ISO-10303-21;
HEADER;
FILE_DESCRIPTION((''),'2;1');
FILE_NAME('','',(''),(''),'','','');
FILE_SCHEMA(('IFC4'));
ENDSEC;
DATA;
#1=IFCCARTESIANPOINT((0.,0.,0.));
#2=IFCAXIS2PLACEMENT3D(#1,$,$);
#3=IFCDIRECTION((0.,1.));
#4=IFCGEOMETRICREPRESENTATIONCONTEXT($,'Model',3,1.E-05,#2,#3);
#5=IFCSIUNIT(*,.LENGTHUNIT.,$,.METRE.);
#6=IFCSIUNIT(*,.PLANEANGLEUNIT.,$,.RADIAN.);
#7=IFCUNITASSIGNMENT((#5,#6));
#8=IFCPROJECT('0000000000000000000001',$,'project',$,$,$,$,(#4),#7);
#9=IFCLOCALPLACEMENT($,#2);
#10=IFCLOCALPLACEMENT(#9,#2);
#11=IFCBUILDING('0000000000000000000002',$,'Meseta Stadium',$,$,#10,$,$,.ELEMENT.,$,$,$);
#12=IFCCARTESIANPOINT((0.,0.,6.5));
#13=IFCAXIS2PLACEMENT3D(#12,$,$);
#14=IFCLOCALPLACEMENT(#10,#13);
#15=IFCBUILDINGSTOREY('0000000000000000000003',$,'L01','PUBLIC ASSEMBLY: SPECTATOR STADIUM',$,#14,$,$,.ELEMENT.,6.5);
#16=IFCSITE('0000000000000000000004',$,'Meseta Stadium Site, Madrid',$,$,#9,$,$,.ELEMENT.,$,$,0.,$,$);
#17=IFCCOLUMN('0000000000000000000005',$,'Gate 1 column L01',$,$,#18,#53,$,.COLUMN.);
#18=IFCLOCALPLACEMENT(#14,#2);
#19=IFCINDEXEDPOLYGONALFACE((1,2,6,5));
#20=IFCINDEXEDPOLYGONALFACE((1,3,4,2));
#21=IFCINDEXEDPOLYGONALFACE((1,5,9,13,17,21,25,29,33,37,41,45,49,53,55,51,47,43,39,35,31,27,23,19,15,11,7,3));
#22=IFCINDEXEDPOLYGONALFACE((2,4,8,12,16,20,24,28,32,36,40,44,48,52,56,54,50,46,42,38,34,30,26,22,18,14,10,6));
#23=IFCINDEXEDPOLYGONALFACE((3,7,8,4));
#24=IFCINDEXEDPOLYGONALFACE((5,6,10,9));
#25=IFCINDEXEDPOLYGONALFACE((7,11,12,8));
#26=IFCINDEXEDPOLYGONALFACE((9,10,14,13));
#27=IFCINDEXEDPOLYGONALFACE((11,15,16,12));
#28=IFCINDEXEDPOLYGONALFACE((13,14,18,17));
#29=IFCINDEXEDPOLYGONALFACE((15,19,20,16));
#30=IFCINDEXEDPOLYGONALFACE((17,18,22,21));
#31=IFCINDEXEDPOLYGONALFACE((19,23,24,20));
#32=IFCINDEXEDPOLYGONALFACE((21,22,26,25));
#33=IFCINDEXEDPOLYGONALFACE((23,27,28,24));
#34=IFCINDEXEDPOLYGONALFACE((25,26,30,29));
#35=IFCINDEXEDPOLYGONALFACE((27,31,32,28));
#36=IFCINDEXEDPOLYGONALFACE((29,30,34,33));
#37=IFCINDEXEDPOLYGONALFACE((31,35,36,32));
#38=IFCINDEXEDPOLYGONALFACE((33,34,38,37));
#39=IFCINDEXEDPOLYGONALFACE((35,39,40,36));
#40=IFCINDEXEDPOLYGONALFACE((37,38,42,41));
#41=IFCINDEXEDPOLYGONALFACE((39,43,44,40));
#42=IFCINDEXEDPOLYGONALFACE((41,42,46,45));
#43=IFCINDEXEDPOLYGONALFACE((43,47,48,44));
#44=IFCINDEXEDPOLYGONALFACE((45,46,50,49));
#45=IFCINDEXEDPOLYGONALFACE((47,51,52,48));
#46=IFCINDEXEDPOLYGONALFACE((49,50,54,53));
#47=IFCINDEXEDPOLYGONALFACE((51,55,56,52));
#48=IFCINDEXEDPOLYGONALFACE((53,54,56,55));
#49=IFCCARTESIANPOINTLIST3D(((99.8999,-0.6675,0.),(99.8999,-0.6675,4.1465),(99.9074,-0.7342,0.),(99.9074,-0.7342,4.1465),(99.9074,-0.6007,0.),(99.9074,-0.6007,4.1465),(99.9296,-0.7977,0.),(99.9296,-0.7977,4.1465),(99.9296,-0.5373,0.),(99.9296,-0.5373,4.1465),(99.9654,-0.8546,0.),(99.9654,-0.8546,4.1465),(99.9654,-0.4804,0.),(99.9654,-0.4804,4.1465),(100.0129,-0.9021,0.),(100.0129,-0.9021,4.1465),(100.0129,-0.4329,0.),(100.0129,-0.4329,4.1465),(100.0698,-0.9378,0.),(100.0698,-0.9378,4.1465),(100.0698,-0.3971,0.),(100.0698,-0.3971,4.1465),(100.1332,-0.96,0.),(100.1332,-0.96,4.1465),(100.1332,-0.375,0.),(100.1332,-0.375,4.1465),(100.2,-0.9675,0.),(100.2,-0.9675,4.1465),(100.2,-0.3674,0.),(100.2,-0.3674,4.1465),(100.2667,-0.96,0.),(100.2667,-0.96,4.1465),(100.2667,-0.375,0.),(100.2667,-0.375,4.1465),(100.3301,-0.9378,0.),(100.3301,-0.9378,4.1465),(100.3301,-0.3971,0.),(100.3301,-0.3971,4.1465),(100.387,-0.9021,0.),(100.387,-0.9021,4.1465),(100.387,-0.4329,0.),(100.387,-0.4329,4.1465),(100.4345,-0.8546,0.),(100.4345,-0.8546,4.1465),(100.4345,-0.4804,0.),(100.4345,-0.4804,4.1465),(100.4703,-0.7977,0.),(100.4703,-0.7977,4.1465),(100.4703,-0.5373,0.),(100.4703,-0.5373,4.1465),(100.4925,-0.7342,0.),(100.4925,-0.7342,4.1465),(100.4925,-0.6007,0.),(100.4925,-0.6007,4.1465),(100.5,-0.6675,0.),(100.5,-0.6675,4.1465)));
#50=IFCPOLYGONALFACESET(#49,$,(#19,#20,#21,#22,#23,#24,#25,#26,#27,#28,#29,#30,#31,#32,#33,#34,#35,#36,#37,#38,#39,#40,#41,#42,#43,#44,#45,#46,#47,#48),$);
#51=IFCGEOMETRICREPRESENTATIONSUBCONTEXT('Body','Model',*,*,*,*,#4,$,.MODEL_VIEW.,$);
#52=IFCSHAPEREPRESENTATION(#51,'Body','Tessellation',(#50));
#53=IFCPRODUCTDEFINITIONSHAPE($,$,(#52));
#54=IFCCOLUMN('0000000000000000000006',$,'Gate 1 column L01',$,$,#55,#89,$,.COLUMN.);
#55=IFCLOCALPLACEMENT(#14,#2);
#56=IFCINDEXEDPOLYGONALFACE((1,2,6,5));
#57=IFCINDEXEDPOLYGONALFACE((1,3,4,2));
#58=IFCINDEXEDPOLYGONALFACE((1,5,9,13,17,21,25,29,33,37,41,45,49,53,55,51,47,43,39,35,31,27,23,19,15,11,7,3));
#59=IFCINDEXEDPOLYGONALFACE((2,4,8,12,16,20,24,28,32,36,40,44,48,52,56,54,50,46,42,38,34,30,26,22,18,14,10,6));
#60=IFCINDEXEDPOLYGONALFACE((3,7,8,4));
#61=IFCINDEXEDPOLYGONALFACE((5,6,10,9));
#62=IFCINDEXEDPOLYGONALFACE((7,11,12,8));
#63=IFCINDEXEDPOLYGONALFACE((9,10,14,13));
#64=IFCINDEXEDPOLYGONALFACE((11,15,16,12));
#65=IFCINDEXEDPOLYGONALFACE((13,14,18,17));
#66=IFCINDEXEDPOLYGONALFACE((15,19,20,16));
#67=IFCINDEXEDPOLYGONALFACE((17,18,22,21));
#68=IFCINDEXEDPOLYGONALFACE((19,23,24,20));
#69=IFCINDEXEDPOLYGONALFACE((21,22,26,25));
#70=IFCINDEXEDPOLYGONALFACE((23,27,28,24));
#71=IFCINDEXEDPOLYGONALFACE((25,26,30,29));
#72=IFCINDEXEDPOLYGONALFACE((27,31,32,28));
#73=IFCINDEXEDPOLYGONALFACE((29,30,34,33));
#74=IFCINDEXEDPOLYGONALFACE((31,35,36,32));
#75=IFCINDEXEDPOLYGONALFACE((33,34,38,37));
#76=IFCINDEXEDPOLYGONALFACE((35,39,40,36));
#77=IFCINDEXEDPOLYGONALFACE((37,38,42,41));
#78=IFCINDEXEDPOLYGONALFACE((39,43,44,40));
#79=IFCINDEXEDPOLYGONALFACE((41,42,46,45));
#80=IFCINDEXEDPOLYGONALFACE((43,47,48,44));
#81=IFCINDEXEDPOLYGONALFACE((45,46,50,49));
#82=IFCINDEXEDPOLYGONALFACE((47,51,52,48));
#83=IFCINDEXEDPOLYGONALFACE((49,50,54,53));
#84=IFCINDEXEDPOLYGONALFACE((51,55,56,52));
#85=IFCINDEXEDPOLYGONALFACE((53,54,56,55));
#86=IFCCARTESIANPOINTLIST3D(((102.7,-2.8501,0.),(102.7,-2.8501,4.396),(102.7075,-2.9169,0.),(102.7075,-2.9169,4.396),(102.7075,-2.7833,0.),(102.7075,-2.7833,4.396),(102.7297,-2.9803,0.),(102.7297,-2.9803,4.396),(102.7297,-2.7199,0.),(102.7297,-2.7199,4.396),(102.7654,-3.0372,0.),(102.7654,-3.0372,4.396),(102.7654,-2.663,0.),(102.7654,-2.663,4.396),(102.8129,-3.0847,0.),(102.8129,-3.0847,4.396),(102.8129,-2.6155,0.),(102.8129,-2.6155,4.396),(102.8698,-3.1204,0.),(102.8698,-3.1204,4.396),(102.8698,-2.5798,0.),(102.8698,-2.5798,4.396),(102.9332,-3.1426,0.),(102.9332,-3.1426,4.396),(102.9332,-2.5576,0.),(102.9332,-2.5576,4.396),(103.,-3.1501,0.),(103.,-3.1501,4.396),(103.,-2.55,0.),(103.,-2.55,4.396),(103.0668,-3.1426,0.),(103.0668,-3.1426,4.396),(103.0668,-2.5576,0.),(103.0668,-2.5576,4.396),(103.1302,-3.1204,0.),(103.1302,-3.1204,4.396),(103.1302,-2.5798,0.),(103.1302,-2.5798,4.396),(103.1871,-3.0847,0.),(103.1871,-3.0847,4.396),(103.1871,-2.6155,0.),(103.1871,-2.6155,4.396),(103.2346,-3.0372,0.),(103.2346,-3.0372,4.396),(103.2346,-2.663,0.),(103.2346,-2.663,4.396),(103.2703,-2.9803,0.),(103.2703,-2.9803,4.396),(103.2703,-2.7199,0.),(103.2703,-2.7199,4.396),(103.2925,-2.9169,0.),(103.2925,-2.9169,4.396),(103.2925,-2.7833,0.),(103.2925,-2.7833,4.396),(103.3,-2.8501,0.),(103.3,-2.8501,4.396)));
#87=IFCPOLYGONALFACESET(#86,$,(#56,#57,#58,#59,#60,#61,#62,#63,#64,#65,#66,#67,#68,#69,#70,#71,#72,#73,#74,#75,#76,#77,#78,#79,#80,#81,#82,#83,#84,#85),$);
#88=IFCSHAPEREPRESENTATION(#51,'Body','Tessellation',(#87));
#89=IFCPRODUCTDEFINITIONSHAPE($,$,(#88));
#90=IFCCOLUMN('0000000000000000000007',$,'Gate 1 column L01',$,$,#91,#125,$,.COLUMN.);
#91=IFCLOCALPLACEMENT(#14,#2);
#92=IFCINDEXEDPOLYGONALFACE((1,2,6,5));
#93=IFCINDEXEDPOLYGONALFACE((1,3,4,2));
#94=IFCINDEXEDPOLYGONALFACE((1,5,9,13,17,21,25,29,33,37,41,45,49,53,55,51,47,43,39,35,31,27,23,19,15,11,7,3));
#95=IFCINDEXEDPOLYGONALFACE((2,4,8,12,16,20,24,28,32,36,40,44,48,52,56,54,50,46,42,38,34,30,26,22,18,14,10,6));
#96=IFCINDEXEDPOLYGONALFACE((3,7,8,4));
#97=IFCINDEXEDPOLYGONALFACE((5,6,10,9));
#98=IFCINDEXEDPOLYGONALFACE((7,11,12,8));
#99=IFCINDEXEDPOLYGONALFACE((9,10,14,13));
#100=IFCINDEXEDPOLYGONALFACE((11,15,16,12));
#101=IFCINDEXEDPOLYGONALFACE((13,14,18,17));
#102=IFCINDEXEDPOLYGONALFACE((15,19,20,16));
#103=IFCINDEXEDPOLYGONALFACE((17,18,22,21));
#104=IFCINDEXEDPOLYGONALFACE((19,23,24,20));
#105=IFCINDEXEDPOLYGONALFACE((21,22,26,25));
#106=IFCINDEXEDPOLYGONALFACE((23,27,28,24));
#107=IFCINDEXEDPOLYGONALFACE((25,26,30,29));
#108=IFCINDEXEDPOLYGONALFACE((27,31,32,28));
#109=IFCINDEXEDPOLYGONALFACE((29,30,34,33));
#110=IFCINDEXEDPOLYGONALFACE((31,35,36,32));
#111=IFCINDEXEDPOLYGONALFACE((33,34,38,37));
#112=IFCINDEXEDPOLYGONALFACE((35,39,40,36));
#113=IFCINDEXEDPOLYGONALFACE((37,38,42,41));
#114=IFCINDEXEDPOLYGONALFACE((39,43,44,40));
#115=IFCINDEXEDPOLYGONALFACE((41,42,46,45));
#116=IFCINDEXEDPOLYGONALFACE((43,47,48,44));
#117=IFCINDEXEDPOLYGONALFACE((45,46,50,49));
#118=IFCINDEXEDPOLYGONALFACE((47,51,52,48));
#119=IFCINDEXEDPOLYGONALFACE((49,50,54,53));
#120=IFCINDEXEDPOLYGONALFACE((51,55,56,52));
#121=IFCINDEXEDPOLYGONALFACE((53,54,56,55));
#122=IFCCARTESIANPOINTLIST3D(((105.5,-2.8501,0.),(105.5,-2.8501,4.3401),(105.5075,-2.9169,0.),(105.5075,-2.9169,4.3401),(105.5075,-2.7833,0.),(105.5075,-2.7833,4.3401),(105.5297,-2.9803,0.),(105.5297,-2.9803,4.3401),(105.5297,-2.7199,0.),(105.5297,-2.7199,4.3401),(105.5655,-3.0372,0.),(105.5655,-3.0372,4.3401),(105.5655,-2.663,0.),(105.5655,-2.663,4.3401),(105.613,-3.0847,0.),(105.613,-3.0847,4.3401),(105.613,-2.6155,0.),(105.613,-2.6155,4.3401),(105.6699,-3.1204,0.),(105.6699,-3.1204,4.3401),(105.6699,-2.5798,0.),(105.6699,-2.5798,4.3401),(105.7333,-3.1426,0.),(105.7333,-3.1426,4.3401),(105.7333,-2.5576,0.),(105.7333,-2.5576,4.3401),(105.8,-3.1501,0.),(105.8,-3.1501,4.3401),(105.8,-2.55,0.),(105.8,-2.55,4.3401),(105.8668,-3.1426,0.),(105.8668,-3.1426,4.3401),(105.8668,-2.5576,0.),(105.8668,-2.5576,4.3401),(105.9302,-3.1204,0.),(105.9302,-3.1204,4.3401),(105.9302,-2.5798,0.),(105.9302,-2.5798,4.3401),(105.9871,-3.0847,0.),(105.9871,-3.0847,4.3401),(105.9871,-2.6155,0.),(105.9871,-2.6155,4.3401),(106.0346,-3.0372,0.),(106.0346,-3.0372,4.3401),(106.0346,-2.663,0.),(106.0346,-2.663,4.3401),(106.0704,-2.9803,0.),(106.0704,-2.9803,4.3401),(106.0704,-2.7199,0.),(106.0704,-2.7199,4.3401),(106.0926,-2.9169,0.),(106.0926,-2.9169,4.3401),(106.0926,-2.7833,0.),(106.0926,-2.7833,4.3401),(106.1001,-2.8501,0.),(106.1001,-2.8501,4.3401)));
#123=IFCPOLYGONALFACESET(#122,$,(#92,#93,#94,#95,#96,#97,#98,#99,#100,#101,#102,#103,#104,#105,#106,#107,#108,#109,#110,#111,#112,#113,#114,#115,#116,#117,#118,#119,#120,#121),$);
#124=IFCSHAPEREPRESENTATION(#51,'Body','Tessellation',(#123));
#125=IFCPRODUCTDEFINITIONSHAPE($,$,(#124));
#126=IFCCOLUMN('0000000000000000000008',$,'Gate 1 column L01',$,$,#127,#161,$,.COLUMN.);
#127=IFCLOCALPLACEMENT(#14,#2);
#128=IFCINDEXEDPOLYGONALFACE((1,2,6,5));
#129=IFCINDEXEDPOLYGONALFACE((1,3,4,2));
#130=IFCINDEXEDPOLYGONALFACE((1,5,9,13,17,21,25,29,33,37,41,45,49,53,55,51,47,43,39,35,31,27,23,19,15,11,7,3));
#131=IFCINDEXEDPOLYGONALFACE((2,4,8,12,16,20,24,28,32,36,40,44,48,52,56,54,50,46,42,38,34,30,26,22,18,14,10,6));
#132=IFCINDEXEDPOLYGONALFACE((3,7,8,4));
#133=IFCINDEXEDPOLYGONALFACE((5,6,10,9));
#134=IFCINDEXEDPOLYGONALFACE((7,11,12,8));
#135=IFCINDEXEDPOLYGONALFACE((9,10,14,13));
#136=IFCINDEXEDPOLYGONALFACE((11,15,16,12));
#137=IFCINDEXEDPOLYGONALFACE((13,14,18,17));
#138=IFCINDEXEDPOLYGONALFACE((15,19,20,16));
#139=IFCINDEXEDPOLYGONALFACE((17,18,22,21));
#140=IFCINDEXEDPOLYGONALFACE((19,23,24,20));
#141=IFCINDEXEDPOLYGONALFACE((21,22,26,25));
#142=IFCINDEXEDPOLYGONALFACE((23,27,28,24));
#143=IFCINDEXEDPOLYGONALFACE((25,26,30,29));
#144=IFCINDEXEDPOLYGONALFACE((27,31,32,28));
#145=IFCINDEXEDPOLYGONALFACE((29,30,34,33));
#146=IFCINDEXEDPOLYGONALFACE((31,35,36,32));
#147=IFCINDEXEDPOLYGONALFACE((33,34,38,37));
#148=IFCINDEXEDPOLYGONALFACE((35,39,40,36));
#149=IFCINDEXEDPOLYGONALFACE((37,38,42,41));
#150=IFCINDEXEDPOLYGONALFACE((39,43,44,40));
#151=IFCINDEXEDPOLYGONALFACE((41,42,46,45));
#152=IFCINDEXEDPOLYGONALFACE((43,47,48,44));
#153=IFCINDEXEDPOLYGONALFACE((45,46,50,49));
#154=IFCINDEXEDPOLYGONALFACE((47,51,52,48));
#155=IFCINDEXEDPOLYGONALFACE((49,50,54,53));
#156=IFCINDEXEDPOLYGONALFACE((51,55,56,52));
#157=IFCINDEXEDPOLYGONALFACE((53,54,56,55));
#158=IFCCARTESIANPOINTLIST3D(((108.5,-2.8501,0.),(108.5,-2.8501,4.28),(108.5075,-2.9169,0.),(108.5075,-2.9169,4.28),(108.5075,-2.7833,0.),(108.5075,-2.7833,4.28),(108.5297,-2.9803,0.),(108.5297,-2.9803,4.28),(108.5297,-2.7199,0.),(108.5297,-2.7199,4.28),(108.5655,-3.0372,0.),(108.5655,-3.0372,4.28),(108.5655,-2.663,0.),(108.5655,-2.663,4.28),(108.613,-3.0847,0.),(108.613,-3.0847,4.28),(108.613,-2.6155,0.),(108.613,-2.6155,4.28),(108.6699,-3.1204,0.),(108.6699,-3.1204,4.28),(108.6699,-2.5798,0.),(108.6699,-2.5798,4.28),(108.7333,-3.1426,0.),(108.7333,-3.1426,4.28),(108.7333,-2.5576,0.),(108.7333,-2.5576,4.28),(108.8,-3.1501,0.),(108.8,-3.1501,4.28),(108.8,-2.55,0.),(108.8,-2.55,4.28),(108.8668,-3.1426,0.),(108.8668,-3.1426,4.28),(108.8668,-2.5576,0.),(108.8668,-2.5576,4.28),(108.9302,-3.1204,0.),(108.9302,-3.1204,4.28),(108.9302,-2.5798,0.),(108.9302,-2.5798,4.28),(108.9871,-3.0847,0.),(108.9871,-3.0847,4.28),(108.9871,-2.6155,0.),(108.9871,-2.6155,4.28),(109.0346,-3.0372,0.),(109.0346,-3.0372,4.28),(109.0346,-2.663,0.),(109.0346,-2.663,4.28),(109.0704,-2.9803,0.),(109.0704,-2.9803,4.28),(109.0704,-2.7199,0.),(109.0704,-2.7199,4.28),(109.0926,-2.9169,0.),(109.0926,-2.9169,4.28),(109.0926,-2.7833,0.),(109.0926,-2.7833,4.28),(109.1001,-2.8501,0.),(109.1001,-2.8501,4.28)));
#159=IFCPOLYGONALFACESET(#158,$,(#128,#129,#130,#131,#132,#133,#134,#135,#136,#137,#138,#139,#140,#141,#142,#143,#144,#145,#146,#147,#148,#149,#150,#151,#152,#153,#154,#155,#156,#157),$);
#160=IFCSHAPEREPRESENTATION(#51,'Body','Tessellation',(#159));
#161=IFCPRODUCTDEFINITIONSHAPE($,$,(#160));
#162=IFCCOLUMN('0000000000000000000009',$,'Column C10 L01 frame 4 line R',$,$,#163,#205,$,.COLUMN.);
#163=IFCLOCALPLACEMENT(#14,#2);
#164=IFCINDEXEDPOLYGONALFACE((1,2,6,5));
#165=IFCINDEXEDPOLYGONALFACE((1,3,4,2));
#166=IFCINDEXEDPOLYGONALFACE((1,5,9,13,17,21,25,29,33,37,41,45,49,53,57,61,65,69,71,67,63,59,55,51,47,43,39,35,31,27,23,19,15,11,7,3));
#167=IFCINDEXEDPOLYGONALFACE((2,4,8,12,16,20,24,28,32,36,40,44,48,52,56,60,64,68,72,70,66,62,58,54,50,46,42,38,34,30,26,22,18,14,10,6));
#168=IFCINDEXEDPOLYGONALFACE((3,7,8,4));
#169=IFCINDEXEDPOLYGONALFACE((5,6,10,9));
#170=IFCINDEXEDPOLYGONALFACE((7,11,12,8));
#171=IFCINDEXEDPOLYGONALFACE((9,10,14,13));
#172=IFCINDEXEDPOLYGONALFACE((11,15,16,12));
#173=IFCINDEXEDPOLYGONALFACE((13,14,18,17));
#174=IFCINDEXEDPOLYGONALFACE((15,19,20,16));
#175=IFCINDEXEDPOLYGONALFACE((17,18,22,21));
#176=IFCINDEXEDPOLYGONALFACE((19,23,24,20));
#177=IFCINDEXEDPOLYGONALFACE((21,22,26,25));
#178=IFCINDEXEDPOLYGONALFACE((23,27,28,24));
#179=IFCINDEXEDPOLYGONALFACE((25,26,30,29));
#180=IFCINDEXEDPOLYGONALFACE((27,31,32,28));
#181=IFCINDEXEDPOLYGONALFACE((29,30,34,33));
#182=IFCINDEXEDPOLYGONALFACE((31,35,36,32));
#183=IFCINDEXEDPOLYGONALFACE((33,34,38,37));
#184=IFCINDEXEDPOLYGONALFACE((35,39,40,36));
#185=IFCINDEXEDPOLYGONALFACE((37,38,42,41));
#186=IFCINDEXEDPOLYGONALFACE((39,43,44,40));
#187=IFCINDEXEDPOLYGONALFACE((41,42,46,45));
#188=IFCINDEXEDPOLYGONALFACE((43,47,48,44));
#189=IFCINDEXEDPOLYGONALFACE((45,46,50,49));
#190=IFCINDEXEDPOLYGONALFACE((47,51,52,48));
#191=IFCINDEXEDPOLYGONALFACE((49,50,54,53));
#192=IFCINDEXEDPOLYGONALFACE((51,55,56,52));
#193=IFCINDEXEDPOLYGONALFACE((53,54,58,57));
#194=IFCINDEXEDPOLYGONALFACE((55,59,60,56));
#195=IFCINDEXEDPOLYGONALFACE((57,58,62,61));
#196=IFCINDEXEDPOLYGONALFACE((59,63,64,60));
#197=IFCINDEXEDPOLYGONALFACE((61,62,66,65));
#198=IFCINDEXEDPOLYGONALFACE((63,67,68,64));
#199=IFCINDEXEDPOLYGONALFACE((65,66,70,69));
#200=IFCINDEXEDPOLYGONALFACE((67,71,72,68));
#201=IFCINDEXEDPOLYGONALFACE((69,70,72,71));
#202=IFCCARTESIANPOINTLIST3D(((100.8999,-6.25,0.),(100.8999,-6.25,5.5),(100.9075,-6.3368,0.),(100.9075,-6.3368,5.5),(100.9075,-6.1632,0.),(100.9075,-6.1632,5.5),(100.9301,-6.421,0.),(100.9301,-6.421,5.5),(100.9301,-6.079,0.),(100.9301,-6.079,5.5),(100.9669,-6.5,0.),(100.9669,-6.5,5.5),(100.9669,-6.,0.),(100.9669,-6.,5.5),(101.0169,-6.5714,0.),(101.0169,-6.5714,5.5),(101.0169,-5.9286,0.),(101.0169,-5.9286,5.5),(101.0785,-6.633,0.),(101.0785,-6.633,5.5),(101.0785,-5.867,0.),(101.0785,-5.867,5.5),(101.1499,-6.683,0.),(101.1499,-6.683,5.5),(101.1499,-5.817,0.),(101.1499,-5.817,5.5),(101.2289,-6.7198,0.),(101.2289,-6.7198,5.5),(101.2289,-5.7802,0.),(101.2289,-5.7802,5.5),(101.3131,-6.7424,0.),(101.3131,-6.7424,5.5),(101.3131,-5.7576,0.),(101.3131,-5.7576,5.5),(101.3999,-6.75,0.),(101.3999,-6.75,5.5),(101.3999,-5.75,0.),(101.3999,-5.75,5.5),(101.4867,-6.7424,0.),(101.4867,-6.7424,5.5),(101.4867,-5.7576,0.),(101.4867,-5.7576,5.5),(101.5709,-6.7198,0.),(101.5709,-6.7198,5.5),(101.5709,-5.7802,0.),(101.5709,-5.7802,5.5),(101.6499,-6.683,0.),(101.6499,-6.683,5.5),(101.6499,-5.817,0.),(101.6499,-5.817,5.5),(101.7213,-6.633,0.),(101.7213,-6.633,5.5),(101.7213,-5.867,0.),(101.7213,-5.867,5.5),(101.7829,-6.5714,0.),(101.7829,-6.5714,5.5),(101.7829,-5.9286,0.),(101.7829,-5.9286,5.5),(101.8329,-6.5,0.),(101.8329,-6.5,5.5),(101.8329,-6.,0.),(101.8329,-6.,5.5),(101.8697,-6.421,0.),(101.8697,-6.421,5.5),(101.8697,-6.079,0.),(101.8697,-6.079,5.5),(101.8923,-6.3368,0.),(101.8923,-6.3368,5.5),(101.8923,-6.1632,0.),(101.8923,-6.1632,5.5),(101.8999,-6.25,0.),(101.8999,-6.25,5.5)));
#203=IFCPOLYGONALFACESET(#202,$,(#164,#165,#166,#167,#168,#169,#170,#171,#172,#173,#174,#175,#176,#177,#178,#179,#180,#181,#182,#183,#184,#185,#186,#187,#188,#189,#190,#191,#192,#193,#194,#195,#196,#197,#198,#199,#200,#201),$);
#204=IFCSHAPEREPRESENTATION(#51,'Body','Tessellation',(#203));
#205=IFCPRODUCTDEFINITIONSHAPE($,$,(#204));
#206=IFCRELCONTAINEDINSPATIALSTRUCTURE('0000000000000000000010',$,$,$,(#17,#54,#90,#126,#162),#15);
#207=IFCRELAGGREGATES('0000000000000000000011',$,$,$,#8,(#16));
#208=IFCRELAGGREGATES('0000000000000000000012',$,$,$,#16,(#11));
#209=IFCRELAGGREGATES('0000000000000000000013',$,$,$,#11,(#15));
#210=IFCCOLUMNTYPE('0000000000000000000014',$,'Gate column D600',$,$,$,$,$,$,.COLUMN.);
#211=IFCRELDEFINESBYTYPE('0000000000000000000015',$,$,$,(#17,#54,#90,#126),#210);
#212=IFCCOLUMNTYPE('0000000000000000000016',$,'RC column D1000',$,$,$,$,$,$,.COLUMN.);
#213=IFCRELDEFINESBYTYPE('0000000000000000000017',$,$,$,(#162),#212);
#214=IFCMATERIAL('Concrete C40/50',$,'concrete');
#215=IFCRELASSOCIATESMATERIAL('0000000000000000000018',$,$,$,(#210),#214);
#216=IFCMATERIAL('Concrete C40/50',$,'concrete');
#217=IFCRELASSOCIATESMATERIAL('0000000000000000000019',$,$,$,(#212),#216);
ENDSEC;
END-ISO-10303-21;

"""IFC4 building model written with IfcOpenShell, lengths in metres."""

from ifc_helpers import new_model, si_unit, direction, frame, origin, origin_2d, place, context, subcontext, project, spatial, circle, extrude, material, material_profile, profile_set, type_object, element, save


model = new_model("IFC4")

# Units and contexts
model_context = context("Model", 3, precision=1e-05, world=origin(), true_north=direction((0.0, 1.0)))
body_context = subcontext(model_context, "Body", "Model", "MODEL_VIEW")
ifc_project = project(units=[si_unit("LENGTHUNIT", "METRE"), si_unit("PLANEANGLEUNIT", "RADIAN")], contexts=[model_context])

# Site, building, storey
site_placement = place(None, origin())
site = spatial("IfcSite", under=ifc_project, at=site_placement, Name="Meseta Stadium Site, Madrid", CompositionType="ELEMENT", RefElevation=0.0)
building_placement = place(site_placement, origin())
building = spatial("IfcBuilding", under=site, at=building_placement, Name="Meseta Stadium", CompositionType="ELEMENT")
storey_placement = place(building_placement, frame((0.0, 0.0, 6.5)))
storey = spatial("IfcBuildingStorey", under=building, at=storey_placement, Name="L01", Description="PUBLIC ASSEMBLY: SPECTATOR STADIUM", CompositionType="ELEMENT", Elevation=6.5)

# Columns
ifc_material_1 = material(Name="Concrete C40/50", Category="concrete")
ifc_material_profile_1 = material_profile(ifc_material_1, circle(Radius=0.3, at=origin_2d()), Name="RC D600")
ifc_profile_set_1 = profile_set([ifc_material_profile_1], Name="Concrete C40/50")
column_type_1 = type_object("IfcColumnType", Name="Gate column D600", PredefinedType="COLUMN", material=ifc_profile_set_1)
column_1_placement = place(storey_placement, frame((100.2, -0.6675, 0.0), z_axis=(0.0, 0.0, 1.0), x_axis=(1.0, 0.0, 0.0)))
element("IfcColumn", 1, at=column_1_placement, inside=storey, type_object=column_type_1, Name="Gate 1 column L01", PredefinedType="COLUMN", context=body_context, shape_type="SweptSolid", body=[
    extrude(circle(Radius=0.3, at=origin_2d()), origin(), (0.0, 0.0, 1.0), 4.1465),
])
column_2_placement = place(storey_placement, frame((103.0, -2.8501, 0.0), z_axis=(0.0, 0.0, 1.0), x_axis=(1.0, 0.0, 0.0)))
element("IfcColumn", 2, at=column_2_placement, inside=storey, type_object=column_type_1, Name="Gate 1 column L01", PredefinedType="COLUMN", context=body_context, shape_type="SweptSolid", body=[
    extrude(circle(Radius=0.3, at=origin_2d()), origin(), (0.0, 0.0, 1.0), 4.396),
])
column_3_placement = place(storey_placement, frame((105.8, -2.8501, 0.0), z_axis=(0.0, 0.0, 1.0), x_axis=(1.0, 0.0, 0.0)))
element("IfcColumn", 3, at=column_3_placement, inside=storey, type_object=column_type_1, Name="Gate 1 column L01", PredefinedType="COLUMN", context=body_context, shape_type="SweptSolid", body=[
    extrude(circle(Radius=0.3, at=origin_2d()), origin(), (0.0, 0.0, 1.0), 4.3401),
])
column_4_placement = place(storey_placement, frame((108.8, -2.8501, 0.0), z_axis=(0.0, 0.0, 1.0), x_axis=(1.0, 0.0, 0.0)))
element("IfcColumn", 4, at=column_4_placement, inside=storey, type_object=column_type_1, Name="Gate 1 column L01", PredefinedType="COLUMN", context=body_context, shape_type="SweptSolid", body=[
    extrude(circle(Radius=0.3, at=origin_2d()), origin(), (0.0, 0.0, 1.0), 4.28),
])
ifc_material_2 = material(Name="Concrete C40/50", Category="concrete")
ifc_material_profile_2 = material_profile(ifc_material_2, circle(Radius=0.5, at=origin_2d()), Name="RC D1000")
ifc_profile_set_2 = profile_set([ifc_material_profile_2], Name="Concrete C40/50")
column_type_2 = type_object("IfcColumnType", Name="RC column D1000", PredefinedType="COLUMN", material=ifc_profile_set_2)
column_5_placement = place(storey_placement, frame((101.3999, -6.25, 0.0), z_axis=(0.0, 0.0, 1.0), x_axis=(1.0, 0.0, 0.0)))
element("IfcColumn", 5, at=column_5_placement, inside=storey, type_object=column_type_2, Name="Column C10 L01 frame 4 line R", PredefinedType="COLUMN", context=body_context, shape_type="SweptSolid", body=[
    extrude(circle(Radius=0.5, at=origin_2d()), origin(), (0.0, 0.0, 1.0), 5.5),
])

save(model, "model.ifc")
